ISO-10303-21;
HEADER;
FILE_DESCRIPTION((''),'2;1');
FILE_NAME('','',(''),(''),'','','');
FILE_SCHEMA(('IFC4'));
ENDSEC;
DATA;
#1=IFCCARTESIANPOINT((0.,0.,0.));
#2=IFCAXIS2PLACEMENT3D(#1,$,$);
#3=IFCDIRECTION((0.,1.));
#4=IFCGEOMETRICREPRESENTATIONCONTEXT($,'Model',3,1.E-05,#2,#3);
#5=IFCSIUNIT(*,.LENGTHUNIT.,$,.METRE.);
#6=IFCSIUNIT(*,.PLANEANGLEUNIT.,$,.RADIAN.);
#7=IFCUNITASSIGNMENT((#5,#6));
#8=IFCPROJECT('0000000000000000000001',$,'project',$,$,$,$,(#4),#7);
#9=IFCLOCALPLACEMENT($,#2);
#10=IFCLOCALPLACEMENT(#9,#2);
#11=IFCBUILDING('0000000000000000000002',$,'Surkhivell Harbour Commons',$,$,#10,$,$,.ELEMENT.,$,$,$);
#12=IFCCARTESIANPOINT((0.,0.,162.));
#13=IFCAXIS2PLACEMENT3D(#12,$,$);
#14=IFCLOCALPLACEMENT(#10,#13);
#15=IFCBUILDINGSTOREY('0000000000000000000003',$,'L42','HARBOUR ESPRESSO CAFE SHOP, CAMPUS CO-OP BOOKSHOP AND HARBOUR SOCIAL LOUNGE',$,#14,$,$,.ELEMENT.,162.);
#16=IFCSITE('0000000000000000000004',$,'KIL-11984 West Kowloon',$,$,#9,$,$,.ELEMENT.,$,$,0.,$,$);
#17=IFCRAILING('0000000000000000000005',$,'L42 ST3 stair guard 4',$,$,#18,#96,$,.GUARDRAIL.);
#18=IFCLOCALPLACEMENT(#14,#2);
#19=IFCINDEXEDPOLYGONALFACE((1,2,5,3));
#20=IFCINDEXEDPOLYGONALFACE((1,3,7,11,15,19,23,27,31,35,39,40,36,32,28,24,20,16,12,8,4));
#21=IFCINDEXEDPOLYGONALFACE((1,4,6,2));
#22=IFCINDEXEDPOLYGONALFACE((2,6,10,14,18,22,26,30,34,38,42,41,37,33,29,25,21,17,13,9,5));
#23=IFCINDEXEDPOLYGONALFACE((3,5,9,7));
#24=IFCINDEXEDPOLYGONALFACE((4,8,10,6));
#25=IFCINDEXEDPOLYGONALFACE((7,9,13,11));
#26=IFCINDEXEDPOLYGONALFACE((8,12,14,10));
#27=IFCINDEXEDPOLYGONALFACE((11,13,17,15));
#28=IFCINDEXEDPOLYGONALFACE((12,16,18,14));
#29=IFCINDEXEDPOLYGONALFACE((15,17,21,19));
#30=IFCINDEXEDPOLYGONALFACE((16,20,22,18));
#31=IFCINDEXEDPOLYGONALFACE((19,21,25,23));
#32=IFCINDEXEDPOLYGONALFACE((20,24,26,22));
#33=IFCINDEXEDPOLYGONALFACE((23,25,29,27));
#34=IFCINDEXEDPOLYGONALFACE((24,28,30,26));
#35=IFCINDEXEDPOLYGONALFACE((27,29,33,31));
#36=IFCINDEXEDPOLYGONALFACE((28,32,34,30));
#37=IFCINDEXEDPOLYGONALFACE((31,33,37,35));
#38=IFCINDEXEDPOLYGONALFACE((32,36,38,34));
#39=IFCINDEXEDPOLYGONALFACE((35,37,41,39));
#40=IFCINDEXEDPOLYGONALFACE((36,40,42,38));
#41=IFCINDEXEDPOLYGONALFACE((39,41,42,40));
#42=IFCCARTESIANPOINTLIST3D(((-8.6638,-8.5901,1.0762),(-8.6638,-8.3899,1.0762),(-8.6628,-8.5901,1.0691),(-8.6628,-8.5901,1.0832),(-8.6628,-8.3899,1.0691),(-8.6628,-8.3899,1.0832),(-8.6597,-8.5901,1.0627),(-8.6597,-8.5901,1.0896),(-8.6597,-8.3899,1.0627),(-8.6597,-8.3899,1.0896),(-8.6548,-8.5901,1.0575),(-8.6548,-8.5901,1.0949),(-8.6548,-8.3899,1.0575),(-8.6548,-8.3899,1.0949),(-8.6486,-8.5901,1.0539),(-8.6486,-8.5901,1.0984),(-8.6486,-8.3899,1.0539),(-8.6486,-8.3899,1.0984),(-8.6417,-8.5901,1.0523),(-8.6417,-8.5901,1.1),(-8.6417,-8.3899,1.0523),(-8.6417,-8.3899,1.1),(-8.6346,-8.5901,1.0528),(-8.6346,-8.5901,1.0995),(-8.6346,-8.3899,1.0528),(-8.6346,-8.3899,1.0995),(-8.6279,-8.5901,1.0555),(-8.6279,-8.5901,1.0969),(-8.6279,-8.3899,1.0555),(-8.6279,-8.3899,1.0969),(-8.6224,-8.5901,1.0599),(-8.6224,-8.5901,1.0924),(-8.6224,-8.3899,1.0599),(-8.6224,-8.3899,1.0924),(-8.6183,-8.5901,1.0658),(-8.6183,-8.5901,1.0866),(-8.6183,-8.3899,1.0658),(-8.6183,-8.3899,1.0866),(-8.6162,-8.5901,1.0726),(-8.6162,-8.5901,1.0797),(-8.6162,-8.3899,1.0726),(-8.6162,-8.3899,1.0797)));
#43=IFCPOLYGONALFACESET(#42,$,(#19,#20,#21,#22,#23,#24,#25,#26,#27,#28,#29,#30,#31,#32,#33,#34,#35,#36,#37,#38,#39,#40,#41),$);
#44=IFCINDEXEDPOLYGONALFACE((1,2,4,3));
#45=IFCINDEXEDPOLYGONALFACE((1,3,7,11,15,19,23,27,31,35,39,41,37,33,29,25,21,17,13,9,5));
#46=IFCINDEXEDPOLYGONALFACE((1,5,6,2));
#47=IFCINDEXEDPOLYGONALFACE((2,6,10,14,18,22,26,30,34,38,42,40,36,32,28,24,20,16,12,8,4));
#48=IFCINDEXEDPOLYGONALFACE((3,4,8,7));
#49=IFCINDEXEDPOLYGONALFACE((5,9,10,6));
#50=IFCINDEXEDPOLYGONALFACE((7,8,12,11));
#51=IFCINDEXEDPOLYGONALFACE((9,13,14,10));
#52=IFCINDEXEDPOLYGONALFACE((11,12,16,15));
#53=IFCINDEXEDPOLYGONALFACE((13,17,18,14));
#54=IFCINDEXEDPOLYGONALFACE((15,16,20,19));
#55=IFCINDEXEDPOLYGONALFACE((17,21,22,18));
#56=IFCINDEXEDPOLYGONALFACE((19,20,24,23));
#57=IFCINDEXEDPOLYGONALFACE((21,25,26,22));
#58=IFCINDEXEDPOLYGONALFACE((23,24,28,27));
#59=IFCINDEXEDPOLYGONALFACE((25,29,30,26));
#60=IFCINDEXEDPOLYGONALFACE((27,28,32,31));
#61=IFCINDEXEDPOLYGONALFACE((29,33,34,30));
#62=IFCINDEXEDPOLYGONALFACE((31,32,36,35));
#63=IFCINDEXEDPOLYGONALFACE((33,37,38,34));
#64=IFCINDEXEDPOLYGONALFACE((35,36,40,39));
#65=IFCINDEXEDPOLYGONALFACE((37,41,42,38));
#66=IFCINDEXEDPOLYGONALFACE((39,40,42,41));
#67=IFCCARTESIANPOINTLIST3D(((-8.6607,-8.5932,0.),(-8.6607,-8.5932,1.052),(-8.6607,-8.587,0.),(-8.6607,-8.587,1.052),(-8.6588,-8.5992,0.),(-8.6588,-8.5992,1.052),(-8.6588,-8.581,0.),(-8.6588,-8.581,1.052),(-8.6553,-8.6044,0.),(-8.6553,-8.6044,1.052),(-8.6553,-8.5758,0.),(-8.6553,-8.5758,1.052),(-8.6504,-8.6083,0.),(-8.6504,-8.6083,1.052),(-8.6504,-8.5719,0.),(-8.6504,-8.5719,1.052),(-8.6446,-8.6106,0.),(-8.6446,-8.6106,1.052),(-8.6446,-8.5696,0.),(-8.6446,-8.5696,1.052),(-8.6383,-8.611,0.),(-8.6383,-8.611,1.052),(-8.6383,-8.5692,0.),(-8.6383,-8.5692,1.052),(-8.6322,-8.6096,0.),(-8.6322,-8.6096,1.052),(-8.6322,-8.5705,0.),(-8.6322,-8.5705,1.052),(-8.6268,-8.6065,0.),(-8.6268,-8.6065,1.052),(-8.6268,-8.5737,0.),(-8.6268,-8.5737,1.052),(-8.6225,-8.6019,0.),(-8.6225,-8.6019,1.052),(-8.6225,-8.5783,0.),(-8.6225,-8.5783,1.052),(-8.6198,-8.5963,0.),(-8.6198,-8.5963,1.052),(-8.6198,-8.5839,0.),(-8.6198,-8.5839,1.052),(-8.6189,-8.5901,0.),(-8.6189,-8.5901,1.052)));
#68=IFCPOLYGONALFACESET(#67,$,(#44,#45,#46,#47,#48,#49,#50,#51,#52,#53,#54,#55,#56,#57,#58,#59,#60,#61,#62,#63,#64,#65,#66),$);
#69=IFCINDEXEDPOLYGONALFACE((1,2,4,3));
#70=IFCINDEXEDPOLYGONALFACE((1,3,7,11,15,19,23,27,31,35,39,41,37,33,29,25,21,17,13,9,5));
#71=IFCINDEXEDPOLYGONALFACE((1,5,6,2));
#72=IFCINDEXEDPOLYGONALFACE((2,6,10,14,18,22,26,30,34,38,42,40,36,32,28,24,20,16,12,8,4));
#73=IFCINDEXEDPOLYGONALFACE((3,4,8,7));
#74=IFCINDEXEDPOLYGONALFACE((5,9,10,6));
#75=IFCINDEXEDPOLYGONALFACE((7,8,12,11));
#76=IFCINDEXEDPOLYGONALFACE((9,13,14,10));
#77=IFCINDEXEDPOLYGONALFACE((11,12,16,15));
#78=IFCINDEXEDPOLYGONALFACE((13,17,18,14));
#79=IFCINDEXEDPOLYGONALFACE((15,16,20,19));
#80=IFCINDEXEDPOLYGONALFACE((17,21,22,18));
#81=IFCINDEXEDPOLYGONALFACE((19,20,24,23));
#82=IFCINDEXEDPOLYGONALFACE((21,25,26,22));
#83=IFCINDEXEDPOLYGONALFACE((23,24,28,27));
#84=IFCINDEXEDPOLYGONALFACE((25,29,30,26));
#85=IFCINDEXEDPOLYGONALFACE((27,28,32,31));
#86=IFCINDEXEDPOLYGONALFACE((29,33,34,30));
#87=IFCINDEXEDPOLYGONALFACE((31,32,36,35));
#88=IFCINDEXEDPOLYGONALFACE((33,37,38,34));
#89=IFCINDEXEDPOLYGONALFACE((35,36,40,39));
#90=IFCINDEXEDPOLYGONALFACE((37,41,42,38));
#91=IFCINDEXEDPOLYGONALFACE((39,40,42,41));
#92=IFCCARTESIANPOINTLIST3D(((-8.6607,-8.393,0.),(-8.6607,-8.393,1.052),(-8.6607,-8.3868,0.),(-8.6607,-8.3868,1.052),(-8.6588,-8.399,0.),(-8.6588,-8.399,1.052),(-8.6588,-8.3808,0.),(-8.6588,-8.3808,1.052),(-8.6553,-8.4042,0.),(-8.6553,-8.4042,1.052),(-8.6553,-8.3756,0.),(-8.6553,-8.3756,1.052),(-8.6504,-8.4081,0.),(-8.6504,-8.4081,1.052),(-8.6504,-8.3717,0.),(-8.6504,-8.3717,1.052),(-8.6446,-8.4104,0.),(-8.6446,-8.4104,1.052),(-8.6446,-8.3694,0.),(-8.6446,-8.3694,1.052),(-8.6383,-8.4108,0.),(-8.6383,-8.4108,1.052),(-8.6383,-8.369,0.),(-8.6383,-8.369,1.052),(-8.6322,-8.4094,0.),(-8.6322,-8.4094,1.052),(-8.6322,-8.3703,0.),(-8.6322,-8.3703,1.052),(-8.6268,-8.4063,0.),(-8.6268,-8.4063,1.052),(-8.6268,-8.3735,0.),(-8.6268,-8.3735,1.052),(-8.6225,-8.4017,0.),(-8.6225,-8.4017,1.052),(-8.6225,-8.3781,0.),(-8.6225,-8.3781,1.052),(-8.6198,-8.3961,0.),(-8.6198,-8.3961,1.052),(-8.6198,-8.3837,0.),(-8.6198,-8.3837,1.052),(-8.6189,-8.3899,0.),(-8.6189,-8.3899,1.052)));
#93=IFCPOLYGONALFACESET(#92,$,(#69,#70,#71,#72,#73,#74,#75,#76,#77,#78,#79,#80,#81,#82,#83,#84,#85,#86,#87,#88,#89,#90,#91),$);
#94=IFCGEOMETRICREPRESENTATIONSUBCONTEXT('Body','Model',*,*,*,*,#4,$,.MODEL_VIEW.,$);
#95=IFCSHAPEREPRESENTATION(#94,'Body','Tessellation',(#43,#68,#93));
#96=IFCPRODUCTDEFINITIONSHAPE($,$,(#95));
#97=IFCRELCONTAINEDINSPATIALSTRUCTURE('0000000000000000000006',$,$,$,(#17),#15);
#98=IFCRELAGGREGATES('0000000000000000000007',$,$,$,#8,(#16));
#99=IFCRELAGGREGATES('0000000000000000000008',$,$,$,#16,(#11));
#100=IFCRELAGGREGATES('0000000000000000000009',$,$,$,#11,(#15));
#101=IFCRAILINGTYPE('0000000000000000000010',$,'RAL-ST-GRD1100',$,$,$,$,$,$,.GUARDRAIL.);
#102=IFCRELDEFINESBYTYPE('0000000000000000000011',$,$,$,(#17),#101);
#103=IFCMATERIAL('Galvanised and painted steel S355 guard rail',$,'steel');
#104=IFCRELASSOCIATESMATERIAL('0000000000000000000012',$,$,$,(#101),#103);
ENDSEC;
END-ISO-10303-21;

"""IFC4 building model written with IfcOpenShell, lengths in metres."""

from ifc_helpers import new_model, si_unit, direction, frame, origin, origin_2d, place, context, subcontext, project, spatial, circle, extrude, material, type_object, element, save


model = new_model("IFC4")

# Units and contexts
model_context = context("Model", 3, precision=1e-05, world=origin(), true_north=direction((0.0, 1.0)))
body_context = subcontext(model_context, "Body", "Model", "MODEL_VIEW")
ifc_project = project(units=[si_unit("LENGTHUNIT", "METRE"), si_unit("PLANEANGLEUNIT", "RADIAN")], contexts=[model_context])

# Site, building, storey
site_placement = place(None, origin())
site = spatial("IfcSite", under=ifc_project, at=site_placement, Name="KIL-11984 West Kowloon", CompositionType="ELEMENT", RefElevation=0.0)
building_placement = place(site_placement, origin())
building = spatial("IfcBuilding", under=site, at=building_placement, Name="Surkhivell Harbour Commons", CompositionType="ELEMENT")
storey_placement = place(building_placement, frame((0.0, 0.0, 162.0)))
storey = spatial("IfcBuildingStorey", under=building, at=storey_placement, Name="L42", Description="HARBOUR ESPRESSO CAFE SHOP, CAMPUS CO-OP BOOKSHOP AND HARBOUR SOCIAL LOUNGE", CompositionType="ELEMENT", Elevation=162.0)

# Railing
ifc_material_1 = material(Name="Galvanised and painted steel S355 guard rail", Category="steel")
railing_type_1 = type_object("IfcRailingType", Name="RAL-ST-GRD1100", PredefinedType="GUARDRAIL", material=ifc_material_1)
railing_1_placement = place(storey_placement, frame((-8.6399, -8.5901, 0.0)))
element("IfcRailing", 1, at=railing_1_placement, inside=storey, type_object=railing_type_1, Name="L42 ST3 stair guard 4", PredefinedType="GUARDRAIL", context=body_context, shape_type="SweptSolid", body=[
    extrude(circle(Radius=0.0239, at=origin_2d()), frame((0.0, 0.0, 1.0762), z_axis=(0.0, 1.0, 0.0), x_axis=(-1.0, 0.0, 0.0)), (0.0, 0.0, 1.0), 0.2002),
    extrude(circle(Radius=0.021, at=origin_2d()), origin(), (0.0, 0.0, 1.0), 1.052),
    extrude(circle(Radius=0.021, at=origin_2d()), frame((0.0, 0.2002, 0.0)), (0.0, 0.0, 1.0), 1.052),
])

save(model, "model.ifc")
